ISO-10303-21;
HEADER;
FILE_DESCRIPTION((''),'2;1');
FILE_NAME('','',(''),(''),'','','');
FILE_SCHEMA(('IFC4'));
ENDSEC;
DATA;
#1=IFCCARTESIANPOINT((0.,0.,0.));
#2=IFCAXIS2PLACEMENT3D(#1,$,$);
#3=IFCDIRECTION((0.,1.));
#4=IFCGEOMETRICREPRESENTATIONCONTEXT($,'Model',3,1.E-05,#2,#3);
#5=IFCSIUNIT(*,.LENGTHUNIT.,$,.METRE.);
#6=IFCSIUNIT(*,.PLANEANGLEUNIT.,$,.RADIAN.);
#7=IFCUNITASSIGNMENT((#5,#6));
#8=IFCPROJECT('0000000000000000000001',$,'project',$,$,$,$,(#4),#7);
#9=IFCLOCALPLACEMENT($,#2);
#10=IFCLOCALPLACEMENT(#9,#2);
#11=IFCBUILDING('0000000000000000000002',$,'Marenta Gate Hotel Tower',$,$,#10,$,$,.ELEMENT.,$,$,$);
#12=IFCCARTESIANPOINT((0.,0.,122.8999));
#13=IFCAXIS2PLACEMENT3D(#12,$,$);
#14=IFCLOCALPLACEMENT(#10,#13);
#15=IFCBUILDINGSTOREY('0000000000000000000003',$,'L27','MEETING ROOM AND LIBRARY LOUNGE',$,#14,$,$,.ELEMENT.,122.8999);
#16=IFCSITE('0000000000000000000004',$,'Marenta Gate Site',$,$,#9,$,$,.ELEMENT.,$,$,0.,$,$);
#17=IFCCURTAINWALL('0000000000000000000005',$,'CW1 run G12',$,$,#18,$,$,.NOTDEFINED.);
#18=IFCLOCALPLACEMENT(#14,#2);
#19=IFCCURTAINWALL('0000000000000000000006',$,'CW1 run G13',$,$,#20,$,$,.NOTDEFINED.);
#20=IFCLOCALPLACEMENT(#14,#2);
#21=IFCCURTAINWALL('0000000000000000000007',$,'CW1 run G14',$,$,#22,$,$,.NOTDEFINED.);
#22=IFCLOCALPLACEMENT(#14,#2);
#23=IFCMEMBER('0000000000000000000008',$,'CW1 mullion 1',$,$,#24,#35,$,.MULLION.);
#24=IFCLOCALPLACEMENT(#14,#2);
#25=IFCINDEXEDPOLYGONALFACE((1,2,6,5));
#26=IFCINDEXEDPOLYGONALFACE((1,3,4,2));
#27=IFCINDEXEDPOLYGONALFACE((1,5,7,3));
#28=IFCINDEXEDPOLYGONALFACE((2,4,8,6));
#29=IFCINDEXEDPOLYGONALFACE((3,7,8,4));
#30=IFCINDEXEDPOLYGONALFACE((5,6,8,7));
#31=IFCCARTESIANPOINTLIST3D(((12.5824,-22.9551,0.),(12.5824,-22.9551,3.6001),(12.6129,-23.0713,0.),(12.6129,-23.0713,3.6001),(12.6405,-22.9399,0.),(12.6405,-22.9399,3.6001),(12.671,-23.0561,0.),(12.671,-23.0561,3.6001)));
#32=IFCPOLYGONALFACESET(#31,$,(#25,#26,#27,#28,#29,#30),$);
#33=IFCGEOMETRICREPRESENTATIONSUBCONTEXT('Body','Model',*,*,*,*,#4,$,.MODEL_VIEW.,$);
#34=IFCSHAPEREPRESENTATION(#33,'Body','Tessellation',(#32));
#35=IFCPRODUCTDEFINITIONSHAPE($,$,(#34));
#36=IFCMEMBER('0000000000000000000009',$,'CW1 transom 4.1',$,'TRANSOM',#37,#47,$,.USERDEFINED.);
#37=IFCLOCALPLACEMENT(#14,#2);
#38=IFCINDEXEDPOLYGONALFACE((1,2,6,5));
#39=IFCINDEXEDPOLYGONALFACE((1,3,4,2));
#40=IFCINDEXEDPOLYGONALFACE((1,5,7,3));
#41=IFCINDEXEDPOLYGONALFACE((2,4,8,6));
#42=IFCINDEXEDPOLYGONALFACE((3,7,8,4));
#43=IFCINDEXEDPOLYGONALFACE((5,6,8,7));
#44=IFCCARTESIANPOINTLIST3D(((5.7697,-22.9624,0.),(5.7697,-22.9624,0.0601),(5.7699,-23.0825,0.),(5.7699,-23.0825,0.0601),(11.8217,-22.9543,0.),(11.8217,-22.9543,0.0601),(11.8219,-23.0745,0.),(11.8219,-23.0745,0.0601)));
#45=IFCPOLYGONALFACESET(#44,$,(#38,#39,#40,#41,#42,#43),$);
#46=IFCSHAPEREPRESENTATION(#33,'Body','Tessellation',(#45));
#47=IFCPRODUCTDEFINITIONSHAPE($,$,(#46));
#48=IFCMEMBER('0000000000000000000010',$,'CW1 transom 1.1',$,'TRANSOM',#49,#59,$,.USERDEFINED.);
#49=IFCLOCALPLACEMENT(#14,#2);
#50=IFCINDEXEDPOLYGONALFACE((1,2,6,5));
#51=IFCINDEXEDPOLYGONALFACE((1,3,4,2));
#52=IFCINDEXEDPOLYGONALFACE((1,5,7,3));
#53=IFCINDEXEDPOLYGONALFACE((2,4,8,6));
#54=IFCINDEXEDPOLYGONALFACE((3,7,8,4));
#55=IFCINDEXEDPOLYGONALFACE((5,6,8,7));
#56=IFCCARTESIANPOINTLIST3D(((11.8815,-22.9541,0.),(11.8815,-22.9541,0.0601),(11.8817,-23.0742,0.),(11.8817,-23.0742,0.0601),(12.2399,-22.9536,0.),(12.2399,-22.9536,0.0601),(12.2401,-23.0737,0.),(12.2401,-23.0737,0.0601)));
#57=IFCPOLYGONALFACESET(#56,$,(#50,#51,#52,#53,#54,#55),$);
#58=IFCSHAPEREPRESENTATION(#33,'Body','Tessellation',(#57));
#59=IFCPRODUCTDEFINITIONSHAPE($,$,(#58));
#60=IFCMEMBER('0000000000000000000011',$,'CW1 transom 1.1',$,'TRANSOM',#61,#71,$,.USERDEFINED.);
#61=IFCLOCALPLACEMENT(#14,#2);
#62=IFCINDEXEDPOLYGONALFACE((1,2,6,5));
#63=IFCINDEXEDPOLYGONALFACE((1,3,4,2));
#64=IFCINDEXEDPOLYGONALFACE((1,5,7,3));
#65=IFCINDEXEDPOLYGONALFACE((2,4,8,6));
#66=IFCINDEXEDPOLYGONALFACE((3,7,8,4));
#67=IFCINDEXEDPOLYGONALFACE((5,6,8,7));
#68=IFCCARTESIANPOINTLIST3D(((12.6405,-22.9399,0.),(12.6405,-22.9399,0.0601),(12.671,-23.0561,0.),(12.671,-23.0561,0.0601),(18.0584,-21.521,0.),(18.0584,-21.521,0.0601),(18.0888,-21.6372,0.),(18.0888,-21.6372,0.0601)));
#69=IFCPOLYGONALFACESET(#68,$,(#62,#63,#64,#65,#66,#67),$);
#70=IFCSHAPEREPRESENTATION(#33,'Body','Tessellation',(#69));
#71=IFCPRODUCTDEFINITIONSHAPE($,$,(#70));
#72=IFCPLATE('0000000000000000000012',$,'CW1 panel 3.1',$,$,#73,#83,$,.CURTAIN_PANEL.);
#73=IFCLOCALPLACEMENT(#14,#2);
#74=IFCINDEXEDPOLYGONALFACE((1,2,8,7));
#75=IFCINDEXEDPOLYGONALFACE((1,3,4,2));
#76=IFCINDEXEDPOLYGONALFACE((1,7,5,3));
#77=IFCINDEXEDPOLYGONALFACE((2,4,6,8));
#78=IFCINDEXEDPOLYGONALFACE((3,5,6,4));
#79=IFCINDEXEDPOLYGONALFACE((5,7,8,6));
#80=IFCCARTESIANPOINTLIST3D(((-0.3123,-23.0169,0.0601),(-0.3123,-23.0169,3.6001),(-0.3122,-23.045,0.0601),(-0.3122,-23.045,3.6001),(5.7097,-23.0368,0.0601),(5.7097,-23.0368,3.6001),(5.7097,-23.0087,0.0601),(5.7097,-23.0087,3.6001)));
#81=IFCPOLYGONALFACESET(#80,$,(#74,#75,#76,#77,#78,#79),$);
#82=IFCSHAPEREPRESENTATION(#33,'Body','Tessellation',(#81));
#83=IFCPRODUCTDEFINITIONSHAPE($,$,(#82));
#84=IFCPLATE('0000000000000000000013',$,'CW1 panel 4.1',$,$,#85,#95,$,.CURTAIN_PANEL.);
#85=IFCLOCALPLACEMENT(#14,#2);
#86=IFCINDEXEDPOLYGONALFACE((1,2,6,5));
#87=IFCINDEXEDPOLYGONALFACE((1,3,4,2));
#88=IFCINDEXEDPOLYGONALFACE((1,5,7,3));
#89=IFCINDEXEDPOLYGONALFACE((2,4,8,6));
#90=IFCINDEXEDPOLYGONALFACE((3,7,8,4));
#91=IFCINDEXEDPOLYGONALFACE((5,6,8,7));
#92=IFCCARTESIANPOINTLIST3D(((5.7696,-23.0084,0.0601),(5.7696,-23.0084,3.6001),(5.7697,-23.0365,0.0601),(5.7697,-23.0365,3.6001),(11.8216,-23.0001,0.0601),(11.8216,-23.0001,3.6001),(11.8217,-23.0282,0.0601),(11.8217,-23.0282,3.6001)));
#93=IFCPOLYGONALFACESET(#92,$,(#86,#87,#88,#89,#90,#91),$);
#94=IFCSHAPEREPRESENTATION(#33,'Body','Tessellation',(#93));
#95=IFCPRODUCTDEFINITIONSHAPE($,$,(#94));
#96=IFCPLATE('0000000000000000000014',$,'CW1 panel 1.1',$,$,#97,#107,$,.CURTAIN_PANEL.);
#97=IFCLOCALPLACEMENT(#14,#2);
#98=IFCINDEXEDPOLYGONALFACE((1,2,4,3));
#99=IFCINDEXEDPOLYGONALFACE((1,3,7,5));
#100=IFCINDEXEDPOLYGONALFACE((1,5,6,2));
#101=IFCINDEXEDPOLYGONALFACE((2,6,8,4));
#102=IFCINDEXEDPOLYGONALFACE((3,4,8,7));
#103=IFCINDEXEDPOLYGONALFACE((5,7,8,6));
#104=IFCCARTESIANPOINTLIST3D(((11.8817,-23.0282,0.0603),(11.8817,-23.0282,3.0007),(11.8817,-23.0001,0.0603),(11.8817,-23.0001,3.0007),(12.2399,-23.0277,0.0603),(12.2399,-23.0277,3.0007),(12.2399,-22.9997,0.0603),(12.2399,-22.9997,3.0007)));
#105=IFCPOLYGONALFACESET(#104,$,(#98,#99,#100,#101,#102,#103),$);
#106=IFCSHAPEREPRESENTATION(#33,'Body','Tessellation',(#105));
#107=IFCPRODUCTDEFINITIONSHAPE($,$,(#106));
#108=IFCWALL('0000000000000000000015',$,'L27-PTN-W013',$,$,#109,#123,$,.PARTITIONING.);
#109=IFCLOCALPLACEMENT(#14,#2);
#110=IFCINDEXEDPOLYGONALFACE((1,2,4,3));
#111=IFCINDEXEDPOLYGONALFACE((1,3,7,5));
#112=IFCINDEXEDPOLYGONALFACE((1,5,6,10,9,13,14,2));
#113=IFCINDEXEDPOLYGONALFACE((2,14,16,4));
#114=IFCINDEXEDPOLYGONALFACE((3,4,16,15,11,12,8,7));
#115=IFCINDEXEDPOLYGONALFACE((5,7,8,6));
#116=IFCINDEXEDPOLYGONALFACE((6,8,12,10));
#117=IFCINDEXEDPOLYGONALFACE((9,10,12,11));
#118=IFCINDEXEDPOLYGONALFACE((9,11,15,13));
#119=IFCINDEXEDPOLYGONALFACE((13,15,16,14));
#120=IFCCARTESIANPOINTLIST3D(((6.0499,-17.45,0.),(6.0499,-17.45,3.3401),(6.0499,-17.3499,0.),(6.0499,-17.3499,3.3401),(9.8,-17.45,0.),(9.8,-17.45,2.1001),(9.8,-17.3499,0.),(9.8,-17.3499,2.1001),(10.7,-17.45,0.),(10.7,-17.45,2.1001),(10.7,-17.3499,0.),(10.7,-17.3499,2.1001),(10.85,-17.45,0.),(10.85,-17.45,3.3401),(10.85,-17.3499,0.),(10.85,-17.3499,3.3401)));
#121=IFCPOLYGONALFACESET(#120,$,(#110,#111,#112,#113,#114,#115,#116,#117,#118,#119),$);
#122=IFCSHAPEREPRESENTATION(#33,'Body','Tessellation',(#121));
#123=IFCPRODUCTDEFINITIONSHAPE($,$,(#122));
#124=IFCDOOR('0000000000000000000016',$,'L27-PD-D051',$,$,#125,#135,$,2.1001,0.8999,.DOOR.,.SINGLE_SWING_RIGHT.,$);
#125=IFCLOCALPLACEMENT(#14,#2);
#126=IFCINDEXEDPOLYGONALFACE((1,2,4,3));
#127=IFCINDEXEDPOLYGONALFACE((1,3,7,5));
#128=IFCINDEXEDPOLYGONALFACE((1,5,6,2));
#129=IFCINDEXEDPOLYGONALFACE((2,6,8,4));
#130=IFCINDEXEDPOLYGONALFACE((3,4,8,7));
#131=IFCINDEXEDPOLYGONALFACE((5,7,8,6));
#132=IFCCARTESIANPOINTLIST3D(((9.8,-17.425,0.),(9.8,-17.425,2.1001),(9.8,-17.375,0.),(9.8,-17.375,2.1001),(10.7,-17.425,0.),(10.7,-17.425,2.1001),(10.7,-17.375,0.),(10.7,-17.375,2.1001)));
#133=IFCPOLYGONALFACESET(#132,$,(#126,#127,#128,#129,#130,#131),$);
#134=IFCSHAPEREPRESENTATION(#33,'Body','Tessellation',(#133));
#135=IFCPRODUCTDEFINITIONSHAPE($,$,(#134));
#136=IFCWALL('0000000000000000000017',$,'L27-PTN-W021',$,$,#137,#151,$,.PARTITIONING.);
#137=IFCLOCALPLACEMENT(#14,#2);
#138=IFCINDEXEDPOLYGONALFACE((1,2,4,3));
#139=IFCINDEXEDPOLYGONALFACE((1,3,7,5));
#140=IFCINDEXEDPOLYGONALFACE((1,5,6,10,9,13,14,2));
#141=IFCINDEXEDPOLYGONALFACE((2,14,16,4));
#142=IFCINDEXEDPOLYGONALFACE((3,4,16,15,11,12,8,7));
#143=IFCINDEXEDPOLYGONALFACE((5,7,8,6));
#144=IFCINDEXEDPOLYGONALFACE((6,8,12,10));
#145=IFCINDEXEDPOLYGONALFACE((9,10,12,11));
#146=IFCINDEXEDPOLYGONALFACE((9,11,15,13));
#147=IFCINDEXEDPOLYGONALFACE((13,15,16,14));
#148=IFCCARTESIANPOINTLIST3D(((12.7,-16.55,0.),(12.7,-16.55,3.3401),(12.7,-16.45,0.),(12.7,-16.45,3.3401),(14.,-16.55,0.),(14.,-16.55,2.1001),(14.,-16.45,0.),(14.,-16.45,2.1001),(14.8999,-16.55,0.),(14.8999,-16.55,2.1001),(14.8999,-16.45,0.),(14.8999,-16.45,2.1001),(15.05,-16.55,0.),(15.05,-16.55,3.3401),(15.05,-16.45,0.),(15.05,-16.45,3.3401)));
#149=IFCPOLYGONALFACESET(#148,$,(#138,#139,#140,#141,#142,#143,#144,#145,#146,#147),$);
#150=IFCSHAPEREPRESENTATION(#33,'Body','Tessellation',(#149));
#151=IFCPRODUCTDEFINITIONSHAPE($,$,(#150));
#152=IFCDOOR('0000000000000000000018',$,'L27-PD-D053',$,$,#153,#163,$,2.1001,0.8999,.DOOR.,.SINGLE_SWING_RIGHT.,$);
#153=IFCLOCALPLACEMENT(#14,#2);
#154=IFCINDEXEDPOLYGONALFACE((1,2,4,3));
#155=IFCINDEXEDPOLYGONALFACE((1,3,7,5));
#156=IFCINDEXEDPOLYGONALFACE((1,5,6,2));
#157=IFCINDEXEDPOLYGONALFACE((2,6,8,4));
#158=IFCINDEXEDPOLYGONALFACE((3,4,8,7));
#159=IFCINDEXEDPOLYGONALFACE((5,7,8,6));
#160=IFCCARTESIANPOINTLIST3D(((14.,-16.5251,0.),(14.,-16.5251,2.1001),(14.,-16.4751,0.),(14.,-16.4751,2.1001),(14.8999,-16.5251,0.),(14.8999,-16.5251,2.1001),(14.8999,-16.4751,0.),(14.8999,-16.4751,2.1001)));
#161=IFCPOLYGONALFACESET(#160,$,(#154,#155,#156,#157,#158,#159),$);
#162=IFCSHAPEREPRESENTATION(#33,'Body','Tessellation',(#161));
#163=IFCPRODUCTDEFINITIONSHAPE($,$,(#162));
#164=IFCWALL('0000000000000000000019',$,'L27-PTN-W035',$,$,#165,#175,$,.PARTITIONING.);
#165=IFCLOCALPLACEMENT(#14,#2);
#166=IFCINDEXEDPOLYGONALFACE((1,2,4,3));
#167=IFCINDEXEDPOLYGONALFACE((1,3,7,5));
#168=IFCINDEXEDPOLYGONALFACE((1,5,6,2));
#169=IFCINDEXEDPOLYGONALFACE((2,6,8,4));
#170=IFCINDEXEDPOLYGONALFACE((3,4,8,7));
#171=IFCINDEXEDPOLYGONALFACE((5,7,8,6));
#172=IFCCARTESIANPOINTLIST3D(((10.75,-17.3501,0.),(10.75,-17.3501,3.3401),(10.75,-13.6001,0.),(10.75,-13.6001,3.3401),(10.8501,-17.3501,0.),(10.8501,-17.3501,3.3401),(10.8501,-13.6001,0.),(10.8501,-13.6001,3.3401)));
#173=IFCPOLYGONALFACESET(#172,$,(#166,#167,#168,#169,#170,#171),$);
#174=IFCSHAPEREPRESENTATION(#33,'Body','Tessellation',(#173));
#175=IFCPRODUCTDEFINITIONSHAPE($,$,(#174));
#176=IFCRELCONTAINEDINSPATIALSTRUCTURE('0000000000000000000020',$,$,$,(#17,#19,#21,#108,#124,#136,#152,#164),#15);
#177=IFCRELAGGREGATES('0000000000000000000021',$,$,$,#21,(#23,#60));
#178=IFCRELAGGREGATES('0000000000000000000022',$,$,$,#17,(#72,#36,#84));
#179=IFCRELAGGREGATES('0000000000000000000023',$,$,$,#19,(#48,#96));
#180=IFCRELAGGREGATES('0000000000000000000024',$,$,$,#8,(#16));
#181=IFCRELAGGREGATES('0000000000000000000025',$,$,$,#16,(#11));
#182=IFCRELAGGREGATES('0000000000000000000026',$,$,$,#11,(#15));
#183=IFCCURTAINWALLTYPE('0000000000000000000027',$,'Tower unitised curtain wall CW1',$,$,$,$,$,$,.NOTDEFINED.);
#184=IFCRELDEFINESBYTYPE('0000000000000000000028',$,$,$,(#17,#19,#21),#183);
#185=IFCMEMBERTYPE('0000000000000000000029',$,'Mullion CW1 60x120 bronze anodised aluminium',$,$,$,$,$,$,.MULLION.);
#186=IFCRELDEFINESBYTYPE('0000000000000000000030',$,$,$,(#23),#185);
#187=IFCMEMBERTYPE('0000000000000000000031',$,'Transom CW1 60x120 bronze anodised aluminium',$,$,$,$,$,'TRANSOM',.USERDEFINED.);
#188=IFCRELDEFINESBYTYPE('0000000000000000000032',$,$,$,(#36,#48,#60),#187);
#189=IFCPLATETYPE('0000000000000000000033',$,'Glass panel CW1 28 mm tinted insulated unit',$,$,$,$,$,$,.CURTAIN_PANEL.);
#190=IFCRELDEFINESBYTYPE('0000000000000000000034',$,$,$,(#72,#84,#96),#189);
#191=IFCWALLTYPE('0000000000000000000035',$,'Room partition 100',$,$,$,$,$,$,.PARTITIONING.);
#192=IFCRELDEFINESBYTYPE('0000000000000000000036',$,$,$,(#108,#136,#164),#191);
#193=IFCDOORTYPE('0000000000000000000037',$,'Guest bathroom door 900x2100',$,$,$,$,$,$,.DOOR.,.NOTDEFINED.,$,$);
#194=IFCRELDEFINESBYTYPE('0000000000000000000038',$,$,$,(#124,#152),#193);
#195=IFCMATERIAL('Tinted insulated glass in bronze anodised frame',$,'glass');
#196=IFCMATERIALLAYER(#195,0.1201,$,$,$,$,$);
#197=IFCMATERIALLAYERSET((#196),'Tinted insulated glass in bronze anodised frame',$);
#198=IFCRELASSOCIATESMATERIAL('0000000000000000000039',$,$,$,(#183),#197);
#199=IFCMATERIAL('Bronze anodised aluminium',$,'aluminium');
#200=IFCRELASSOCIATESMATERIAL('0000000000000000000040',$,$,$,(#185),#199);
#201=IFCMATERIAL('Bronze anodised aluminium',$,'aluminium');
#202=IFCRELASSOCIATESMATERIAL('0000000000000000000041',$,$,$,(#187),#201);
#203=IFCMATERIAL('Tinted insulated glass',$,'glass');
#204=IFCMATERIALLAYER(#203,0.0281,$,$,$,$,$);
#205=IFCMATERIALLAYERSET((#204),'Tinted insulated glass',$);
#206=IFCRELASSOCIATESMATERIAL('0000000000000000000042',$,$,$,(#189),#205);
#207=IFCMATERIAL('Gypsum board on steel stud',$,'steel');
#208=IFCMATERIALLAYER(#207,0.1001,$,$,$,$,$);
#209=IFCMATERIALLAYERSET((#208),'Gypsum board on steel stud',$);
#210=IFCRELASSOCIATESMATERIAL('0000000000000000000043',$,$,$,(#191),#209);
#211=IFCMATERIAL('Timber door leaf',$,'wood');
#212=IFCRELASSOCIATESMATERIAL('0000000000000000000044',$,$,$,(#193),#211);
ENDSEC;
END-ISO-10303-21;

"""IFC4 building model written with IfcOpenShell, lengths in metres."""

from ifc_helpers import new_model, si_unit, direction, frame, frame_2d, origin, origin_2d, place, context, subcontext, project, spatial, rectangle, extrude, material, layer, layer_set, material_profile, profile_set, type_object, element, fill, aggregate, save


model = new_model("IFC4")

# Units and contexts
model_context = context("Model", 3, precision=1e-05, world=origin(), true_north=direction((0.0, 1.0)))
body_context = subcontext(model_context, "Body", "Model", "MODEL_VIEW")
ifc_project = project(units=[si_unit("LENGTHUNIT", "METRE"), si_unit("PLANEANGLEUNIT", "RADIAN")], contexts=[model_context])

# Site, building, storey
site_placement = place(None, origin())
site = spatial("IfcSite", under=ifc_project, at=site_placement, Name="Marenta Gate Site", CompositionType="ELEMENT", RefElevation=0.0)
building_placement = place(site_placement, origin())
building = spatial("IfcBuilding", under=site, at=building_placement, Name="Marenta Gate Hotel Tower", CompositionType="ELEMENT")
storey_placement = place(building_placement, frame((0.0, 0.0, 122.8999)))
storey = spatial("IfcBuildingStorey", under=building, at=storey_placement, Name="L27", Description="MEETING ROOM AND LIBRARY LOUNGE", CompositionType="ELEMENT", Elevation=122.8999)

# Curtain wall
ifc_material_1 = material(Name="Tinted insulated glass in bronze anodised frame", Category="glass")
ifc_layer_1 = layer(ifc_material_1, 0.1201)
ifc_layer_set_1 = layer_set([ifc_layer_1], Name="Tinted insulated glass in bronze anodised frame")
curtain_wall_type = type_object("IfcCurtainWallType", Name="Tower unitised curtain wall CW1", PredefinedType="NOTDEFINED", material=ifc_layer_set_1)
curtain_wall_1_placement = place(storey_placement, origin())
curtain_wall_1 = element("IfcCurtainWall", 1, at=curtain_wall_1_placement, inside=storey, type_object=curtain_wall_type, Name="CW1 run G12", PredefinedType="NOTDEFINED")
ifc_material_2 = material(Name="Bronze anodised aluminium", Category="aluminium")
ifc_material_profile_1 = material_profile(ifc_material_2, rectangle(XDim=0.1201, YDim=0.0601, at=origin_2d()), Name="Mullion CW1 60x120 bronze anodised aluminium")
ifc_profile_set_1 = profile_set([ifc_material_profile_1], Name="Bronze anodised aluminium")
member_type_1 = type_object("IfcMemberType", Name="Mullion CW1 60x120 bronze anodised aluminium", PredefinedType="MULLION", material=ifc_profile_set_1)

# Curtain wall
curtain_wall_2_placement = place(storey_placement, origin())
curtain_wall_2 = element("IfcCurtainWall", 2, at=curtain_wall_2_placement, inside=storey, type_object=curtain_wall_type, Name="CW1 run G13", PredefinedType="NOTDEFINED")

# Curtain wall, member
curtain_wall_3_placement = place(storey_placement, origin())
curtain_wall_3 = element("IfcCurtainWall", 3, at=curtain_wall_3_placement, inside=storey, type_object=curtain_wall_type, Name="CW1 run G14", PredefinedType="NOTDEFINED")
member_1_placement = place(storey_placement, frame((12.6267, -23.0056, 0.0), z_axis=(0.0, 0.0, 1.0), x_axis=(-0.253374, 0.967368, 0.0)))
member_1 = element("IfcMember", 4, at=member_1_placement, type_object=member_type_1, Name="CW1 mullion 1", PredefinedType="MULLION", context=body_context, shape_type="SweptSolid", body=[
    extrude(rectangle(XDim=0.1201, YDim=0.0601, at=origin_2d()), origin(), (0.0, 0.0, 1.0), 3.6001),
])

# Members
ifc_material_3 = material(Name="Bronze anodised aluminium", Category="aluminium")
ifc_material_profile_2 = material_profile(ifc_material_3, rectangle(XDim=0.1201, YDim=0.0601, at=origin_2d()), Name="Transom CW1 60x120 bronze anodised aluminium")
ifc_profile_set_2 = profile_set([ifc_material_profile_2], Name="Bronze anodised aluminium")
member_type_2 = type_object("IfcMemberType", Name="Transom CW1 60x120 bronze anodised aluminium", ElementType="TRANSOM", PredefinedType="USERDEFINED", material=ifc_profile_set_2)
member_2_placement = place(storey_placement, frame((5.7698, -23.0225, 0.03), z_axis=(0.999999, 0.001331, 0.0), x_axis=(-0.001331, 0.999999, 0.0)))
member_2 = element("IfcMember", 5, at=member_2_placement, type_object=member_type_2, Name="CW1 transom 4.1", ObjectType="TRANSOM", PredefinedType="USERDEFINED", context=body_context, shape_type="SweptSolid", body=[
    extrude(rectangle(XDim=0.1201, YDim=0.0601, at=origin_2d()), origin(), (0.0, 0.0, 1.0), 6.052),
])
member_3_placement = place(storey_placement, frame((11.8816, -23.0142, 0.03), z_axis=(0.999999, 0.001362, 0.0), x_axis=(-0.001362, 0.999999, 0.0)))
member_3 = element("IfcMember", 6, at=member_3_placement, type_object=member_type_2, Name="CW1 transom 1.1", ObjectType="TRANSOM", PredefinedType="USERDEFINED", context=body_context, shape_type="SweptSolid", body=[
    extrude(rectangle(XDim=0.1201, YDim=0.0601, at=origin_2d()), origin(), (0.0, 0.0, 1.0), 0.3584),
])
member_4_placement = place(storey_placement, frame((12.6558, -22.998, 0.03), z_axis=(0.967374, 0.253352, 0.0), x_axis=(-0.253352, 0.967374, 0.0)))
member_4 = element("IfcMember", 7, at=member_4_placement, type_object=member_type_2, Name="CW1 transom 1.1", ObjectType="TRANSOM", PredefinedType="USERDEFINED", context=body_context, shape_type="SweptSolid", body=[
    extrude(rectangle(XDim=0.1201, YDim=0.0601, at=origin_2d()), origin(), (0.0, 0.0, 1.0), 5.6006),
])
aggregate(curtain_wall_3, [member_1, member_4])

# Plates
ifc_material_4 = material(Name="Tinted insulated glass", Category="glass")
ifc_layer_2 = layer(ifc_material_4, 0.0281)
ifc_layer_set_2 = layer_set([ifc_layer_2], Name="Tinted insulated glass")
plate_type = type_object("IfcPlateType", Name="Glass panel CW1 28 mm tinted insulated unit", PredefinedType="CURTAIN_PANEL", material=ifc_layer_set_2)
plate_1_placement = place(storey_placement, frame((2.6987, -23.0269, 0.0601), z_axis=(0.0, 0.0, 1.0), x_axis=(0.999999, 0.001365, 0.0)))
plate_1 = element("IfcPlate", 8, at=plate_1_placement, type_object=plate_type, Name="CW1 panel 3.1", PredefinedType="CURTAIN_PANEL", context=body_context, shape_type="SweptSolid", body=[
    extrude(rectangle(XDim=6.022, YDim=0.0281, at=origin_2d()), origin(), (0.0, 0.0, 1.0), 3.54),
])
plate_2_placement = place(storey_placement, frame((8.7957, -23.0183, 0.0601), z_axis=(0.0, 0.0, 1.0), x_axis=(0.999999, 0.001365, 0.0)))
plate_2 = element("IfcPlate", 9, at=plate_2_placement, type_object=plate_type, Name="CW1 panel 4.1", PredefinedType="CURTAIN_PANEL", context=body_context, shape_type="SweptSolid", body=[
    extrude(rectangle(XDim=6.052, YDim=0.0281, at=origin_2d()), origin(), (0.0, 0.0, 1.0), 3.54),
])
aggregate(curtain_wall_1, [plate_1, member_2, plate_2])
plate_3_placement = place(storey_placement, frame((12.0608, -23.0139, 0.0603), z_axis=(0.0, 0.0, 1.0), x_axis=(0.999999, 0.001255, 0.0)))
plate_3 = element("IfcPlate", 10, at=plate_3_placement, type_object=plate_type, Name="CW1 panel 1.1", PredefinedType="CURTAIN_PANEL", context=body_context, shape_type="SweptSolid", body=[
    extrude(rectangle(XDim=0.3582, YDim=0.0281, at=origin_2d()), origin(), (0.0, 0.0, 1.0), 2.9404),
])
aggregate(curtain_wall_2, [member_3, plate_3])

# Walls, openings, doors
ifc_material_5 = material(Name="Gypsum board on steel stud", Category="steel")
ifc_layer_3 = layer(ifc_material_5, 0.1001)
ifc_layer_set_3 = layer_set([ifc_layer_3], Name="Gypsum board on steel stud")
wall_type_1 = type_object("IfcWallType", Name="Room partition 100", PredefinedType="PARTITIONING", material=ifc_layer_set_3)
wall_1_placement = place(storey_placement, frame((6.05, -17.3999, 0.0), z_axis=(0.0, 0.0, 1.0), x_axis=(1.0, 0.0, 0.0)))
wall_1 = element("IfcWall", 11, at=wall_1_placement, inside=storey, type_object=wall_type_1, Name="L27-PTN-W013", PredefinedType="PARTITIONING", context=body_context, shape_type="SweptSolid", body=[
    extrude(rectangle(XDim=4.8, YDim=0.1001, at=frame_2d((2.3999, 0.0))), origin(), (0.0, 0.0, 1.0), 3.3401),
])
opening_1_placement = place(wall_1_placement, frame((3.75, 0.0, 0.0)))
opening_1 = element("IfcOpeningElement", 12, at=opening_1_placement, cuts=wall_1, PredefinedType="OPENING", context=body_context, shape_type="SweptSolid", body=[
    extrude(rectangle(XDim=0.8999, YDim=2.1001, at=frame_2d((0.45, 1.05))), frame((0.0, 0.05, 0.0), z_axis=(0.0, -1.0, 0.0), x_axis=(1.0, 0.0, 0.0)), (0.0, 0.0, 1.0), 0.1001),
])
ifc_material_6 = material(Name="Timber door leaf", Category="wood")
door_type = type_object("IfcDoorType", Name="Guest bathroom door 900x2100", OperationType="NOTDEFINED", PredefinedType="DOOR", material=ifc_material_6)
door_1_placement = place(opening_1_placement, origin())
door_1 = element("IfcDoor", 13, at=door_1_placement, inside=storey, type_object=door_type, Name="L27-PD-D051", OperationType="SINGLE_SWING_RIGHT", OverallHeight=2.1001, OverallWidth=0.8999, PredefinedType="DOOR", context=body_context, shape_type="SweptSolid", body=[
    extrude(rectangle(XDim=0.8999, YDim=2.1001, at=frame_2d((0.45, 1.05))), frame((0.0, 0.0249, 0.0), z_axis=(0.0, -1.0, 0.0), x_axis=(1.0, 0.0, 0.0)), (0.0, 0.0, 1.0), 0.05),
])
fill(opening_1, door_1)
wall_2_placement = place(storey_placement, frame((12.7, -16.5, 0.0), z_axis=(0.0, 0.0, 1.0), x_axis=(1.0, 0.0, 0.0)))
wall_2 = element("IfcWall", 14, at=wall_2_placement, inside=storey, type_object=wall_type_1, Name="L27-PTN-W021", PredefinedType="PARTITIONING", context=body_context, shape_type="SweptSolid", body=[
    extrude(rectangle(XDim=2.3501, YDim=0.1001, at=frame_2d((1.175, 0.0))), origin(), (0.0, 0.0, 1.0), 3.3401),
])
opening_2_placement = place(wall_2_placement, frame((1.3, 0.0, 0.0)))
opening_2 = element("IfcOpeningElement", 15, at=opening_2_placement, cuts=wall_2, PredefinedType="OPENING", context=body_context, shape_type="SweptSolid", body=[
    extrude(rectangle(XDim=0.8999, YDim=2.1001, at=frame_2d((0.45, 1.05))), frame((0.0, 0.05, 0.0), z_axis=(0.0, -1.0, 0.0), x_axis=(1.0, 0.0, 0.0)), (0.0, 0.0, 1.0), 0.1001),
])
door_2_placement = place(opening_2_placement, origin())
door_2 = element("IfcDoor", 16, at=door_2_placement, inside=storey, type_object=door_type, Name="L27-PD-D053", OperationType="SINGLE_SWING_RIGHT", OverallHeight=2.1001, OverallWidth=0.8999, PredefinedType="DOOR", context=body_context, shape_type="SweptSolid", body=[
    extrude(rectangle(XDim=0.8999, YDim=2.1001, at=frame_2d((0.45, 1.05))), frame((0.0, 0.0249, 0.0), z_axis=(0.0, -1.0, 0.0), x_axis=(1.0, 0.0, 0.0)), (0.0, 0.0, 1.0), 0.05),
])
fill(opening_2, door_2)

# Wall
wall_3_placement = place(storey_placement, frame((10.8, -17.3501, 0.0), z_axis=(0.0, 0.0, 1.0), x_axis=(0.0, 1.0, 0.0)))
element("IfcWall", 17, at=wall_3_placement, inside=storey, type_object=wall_type_1, Name="L27-PTN-W035", PredefinedType="PARTITIONING", context=body_context, shape_type="SweptSolid", body=[
    extrude(rectangle(XDim=3.75, YDim=0.1001, at=frame_2d((1.875, 0.0))), origin(), (0.0, 0.0, 1.0), 3.3401),
])

save(model, "model.ifc")
